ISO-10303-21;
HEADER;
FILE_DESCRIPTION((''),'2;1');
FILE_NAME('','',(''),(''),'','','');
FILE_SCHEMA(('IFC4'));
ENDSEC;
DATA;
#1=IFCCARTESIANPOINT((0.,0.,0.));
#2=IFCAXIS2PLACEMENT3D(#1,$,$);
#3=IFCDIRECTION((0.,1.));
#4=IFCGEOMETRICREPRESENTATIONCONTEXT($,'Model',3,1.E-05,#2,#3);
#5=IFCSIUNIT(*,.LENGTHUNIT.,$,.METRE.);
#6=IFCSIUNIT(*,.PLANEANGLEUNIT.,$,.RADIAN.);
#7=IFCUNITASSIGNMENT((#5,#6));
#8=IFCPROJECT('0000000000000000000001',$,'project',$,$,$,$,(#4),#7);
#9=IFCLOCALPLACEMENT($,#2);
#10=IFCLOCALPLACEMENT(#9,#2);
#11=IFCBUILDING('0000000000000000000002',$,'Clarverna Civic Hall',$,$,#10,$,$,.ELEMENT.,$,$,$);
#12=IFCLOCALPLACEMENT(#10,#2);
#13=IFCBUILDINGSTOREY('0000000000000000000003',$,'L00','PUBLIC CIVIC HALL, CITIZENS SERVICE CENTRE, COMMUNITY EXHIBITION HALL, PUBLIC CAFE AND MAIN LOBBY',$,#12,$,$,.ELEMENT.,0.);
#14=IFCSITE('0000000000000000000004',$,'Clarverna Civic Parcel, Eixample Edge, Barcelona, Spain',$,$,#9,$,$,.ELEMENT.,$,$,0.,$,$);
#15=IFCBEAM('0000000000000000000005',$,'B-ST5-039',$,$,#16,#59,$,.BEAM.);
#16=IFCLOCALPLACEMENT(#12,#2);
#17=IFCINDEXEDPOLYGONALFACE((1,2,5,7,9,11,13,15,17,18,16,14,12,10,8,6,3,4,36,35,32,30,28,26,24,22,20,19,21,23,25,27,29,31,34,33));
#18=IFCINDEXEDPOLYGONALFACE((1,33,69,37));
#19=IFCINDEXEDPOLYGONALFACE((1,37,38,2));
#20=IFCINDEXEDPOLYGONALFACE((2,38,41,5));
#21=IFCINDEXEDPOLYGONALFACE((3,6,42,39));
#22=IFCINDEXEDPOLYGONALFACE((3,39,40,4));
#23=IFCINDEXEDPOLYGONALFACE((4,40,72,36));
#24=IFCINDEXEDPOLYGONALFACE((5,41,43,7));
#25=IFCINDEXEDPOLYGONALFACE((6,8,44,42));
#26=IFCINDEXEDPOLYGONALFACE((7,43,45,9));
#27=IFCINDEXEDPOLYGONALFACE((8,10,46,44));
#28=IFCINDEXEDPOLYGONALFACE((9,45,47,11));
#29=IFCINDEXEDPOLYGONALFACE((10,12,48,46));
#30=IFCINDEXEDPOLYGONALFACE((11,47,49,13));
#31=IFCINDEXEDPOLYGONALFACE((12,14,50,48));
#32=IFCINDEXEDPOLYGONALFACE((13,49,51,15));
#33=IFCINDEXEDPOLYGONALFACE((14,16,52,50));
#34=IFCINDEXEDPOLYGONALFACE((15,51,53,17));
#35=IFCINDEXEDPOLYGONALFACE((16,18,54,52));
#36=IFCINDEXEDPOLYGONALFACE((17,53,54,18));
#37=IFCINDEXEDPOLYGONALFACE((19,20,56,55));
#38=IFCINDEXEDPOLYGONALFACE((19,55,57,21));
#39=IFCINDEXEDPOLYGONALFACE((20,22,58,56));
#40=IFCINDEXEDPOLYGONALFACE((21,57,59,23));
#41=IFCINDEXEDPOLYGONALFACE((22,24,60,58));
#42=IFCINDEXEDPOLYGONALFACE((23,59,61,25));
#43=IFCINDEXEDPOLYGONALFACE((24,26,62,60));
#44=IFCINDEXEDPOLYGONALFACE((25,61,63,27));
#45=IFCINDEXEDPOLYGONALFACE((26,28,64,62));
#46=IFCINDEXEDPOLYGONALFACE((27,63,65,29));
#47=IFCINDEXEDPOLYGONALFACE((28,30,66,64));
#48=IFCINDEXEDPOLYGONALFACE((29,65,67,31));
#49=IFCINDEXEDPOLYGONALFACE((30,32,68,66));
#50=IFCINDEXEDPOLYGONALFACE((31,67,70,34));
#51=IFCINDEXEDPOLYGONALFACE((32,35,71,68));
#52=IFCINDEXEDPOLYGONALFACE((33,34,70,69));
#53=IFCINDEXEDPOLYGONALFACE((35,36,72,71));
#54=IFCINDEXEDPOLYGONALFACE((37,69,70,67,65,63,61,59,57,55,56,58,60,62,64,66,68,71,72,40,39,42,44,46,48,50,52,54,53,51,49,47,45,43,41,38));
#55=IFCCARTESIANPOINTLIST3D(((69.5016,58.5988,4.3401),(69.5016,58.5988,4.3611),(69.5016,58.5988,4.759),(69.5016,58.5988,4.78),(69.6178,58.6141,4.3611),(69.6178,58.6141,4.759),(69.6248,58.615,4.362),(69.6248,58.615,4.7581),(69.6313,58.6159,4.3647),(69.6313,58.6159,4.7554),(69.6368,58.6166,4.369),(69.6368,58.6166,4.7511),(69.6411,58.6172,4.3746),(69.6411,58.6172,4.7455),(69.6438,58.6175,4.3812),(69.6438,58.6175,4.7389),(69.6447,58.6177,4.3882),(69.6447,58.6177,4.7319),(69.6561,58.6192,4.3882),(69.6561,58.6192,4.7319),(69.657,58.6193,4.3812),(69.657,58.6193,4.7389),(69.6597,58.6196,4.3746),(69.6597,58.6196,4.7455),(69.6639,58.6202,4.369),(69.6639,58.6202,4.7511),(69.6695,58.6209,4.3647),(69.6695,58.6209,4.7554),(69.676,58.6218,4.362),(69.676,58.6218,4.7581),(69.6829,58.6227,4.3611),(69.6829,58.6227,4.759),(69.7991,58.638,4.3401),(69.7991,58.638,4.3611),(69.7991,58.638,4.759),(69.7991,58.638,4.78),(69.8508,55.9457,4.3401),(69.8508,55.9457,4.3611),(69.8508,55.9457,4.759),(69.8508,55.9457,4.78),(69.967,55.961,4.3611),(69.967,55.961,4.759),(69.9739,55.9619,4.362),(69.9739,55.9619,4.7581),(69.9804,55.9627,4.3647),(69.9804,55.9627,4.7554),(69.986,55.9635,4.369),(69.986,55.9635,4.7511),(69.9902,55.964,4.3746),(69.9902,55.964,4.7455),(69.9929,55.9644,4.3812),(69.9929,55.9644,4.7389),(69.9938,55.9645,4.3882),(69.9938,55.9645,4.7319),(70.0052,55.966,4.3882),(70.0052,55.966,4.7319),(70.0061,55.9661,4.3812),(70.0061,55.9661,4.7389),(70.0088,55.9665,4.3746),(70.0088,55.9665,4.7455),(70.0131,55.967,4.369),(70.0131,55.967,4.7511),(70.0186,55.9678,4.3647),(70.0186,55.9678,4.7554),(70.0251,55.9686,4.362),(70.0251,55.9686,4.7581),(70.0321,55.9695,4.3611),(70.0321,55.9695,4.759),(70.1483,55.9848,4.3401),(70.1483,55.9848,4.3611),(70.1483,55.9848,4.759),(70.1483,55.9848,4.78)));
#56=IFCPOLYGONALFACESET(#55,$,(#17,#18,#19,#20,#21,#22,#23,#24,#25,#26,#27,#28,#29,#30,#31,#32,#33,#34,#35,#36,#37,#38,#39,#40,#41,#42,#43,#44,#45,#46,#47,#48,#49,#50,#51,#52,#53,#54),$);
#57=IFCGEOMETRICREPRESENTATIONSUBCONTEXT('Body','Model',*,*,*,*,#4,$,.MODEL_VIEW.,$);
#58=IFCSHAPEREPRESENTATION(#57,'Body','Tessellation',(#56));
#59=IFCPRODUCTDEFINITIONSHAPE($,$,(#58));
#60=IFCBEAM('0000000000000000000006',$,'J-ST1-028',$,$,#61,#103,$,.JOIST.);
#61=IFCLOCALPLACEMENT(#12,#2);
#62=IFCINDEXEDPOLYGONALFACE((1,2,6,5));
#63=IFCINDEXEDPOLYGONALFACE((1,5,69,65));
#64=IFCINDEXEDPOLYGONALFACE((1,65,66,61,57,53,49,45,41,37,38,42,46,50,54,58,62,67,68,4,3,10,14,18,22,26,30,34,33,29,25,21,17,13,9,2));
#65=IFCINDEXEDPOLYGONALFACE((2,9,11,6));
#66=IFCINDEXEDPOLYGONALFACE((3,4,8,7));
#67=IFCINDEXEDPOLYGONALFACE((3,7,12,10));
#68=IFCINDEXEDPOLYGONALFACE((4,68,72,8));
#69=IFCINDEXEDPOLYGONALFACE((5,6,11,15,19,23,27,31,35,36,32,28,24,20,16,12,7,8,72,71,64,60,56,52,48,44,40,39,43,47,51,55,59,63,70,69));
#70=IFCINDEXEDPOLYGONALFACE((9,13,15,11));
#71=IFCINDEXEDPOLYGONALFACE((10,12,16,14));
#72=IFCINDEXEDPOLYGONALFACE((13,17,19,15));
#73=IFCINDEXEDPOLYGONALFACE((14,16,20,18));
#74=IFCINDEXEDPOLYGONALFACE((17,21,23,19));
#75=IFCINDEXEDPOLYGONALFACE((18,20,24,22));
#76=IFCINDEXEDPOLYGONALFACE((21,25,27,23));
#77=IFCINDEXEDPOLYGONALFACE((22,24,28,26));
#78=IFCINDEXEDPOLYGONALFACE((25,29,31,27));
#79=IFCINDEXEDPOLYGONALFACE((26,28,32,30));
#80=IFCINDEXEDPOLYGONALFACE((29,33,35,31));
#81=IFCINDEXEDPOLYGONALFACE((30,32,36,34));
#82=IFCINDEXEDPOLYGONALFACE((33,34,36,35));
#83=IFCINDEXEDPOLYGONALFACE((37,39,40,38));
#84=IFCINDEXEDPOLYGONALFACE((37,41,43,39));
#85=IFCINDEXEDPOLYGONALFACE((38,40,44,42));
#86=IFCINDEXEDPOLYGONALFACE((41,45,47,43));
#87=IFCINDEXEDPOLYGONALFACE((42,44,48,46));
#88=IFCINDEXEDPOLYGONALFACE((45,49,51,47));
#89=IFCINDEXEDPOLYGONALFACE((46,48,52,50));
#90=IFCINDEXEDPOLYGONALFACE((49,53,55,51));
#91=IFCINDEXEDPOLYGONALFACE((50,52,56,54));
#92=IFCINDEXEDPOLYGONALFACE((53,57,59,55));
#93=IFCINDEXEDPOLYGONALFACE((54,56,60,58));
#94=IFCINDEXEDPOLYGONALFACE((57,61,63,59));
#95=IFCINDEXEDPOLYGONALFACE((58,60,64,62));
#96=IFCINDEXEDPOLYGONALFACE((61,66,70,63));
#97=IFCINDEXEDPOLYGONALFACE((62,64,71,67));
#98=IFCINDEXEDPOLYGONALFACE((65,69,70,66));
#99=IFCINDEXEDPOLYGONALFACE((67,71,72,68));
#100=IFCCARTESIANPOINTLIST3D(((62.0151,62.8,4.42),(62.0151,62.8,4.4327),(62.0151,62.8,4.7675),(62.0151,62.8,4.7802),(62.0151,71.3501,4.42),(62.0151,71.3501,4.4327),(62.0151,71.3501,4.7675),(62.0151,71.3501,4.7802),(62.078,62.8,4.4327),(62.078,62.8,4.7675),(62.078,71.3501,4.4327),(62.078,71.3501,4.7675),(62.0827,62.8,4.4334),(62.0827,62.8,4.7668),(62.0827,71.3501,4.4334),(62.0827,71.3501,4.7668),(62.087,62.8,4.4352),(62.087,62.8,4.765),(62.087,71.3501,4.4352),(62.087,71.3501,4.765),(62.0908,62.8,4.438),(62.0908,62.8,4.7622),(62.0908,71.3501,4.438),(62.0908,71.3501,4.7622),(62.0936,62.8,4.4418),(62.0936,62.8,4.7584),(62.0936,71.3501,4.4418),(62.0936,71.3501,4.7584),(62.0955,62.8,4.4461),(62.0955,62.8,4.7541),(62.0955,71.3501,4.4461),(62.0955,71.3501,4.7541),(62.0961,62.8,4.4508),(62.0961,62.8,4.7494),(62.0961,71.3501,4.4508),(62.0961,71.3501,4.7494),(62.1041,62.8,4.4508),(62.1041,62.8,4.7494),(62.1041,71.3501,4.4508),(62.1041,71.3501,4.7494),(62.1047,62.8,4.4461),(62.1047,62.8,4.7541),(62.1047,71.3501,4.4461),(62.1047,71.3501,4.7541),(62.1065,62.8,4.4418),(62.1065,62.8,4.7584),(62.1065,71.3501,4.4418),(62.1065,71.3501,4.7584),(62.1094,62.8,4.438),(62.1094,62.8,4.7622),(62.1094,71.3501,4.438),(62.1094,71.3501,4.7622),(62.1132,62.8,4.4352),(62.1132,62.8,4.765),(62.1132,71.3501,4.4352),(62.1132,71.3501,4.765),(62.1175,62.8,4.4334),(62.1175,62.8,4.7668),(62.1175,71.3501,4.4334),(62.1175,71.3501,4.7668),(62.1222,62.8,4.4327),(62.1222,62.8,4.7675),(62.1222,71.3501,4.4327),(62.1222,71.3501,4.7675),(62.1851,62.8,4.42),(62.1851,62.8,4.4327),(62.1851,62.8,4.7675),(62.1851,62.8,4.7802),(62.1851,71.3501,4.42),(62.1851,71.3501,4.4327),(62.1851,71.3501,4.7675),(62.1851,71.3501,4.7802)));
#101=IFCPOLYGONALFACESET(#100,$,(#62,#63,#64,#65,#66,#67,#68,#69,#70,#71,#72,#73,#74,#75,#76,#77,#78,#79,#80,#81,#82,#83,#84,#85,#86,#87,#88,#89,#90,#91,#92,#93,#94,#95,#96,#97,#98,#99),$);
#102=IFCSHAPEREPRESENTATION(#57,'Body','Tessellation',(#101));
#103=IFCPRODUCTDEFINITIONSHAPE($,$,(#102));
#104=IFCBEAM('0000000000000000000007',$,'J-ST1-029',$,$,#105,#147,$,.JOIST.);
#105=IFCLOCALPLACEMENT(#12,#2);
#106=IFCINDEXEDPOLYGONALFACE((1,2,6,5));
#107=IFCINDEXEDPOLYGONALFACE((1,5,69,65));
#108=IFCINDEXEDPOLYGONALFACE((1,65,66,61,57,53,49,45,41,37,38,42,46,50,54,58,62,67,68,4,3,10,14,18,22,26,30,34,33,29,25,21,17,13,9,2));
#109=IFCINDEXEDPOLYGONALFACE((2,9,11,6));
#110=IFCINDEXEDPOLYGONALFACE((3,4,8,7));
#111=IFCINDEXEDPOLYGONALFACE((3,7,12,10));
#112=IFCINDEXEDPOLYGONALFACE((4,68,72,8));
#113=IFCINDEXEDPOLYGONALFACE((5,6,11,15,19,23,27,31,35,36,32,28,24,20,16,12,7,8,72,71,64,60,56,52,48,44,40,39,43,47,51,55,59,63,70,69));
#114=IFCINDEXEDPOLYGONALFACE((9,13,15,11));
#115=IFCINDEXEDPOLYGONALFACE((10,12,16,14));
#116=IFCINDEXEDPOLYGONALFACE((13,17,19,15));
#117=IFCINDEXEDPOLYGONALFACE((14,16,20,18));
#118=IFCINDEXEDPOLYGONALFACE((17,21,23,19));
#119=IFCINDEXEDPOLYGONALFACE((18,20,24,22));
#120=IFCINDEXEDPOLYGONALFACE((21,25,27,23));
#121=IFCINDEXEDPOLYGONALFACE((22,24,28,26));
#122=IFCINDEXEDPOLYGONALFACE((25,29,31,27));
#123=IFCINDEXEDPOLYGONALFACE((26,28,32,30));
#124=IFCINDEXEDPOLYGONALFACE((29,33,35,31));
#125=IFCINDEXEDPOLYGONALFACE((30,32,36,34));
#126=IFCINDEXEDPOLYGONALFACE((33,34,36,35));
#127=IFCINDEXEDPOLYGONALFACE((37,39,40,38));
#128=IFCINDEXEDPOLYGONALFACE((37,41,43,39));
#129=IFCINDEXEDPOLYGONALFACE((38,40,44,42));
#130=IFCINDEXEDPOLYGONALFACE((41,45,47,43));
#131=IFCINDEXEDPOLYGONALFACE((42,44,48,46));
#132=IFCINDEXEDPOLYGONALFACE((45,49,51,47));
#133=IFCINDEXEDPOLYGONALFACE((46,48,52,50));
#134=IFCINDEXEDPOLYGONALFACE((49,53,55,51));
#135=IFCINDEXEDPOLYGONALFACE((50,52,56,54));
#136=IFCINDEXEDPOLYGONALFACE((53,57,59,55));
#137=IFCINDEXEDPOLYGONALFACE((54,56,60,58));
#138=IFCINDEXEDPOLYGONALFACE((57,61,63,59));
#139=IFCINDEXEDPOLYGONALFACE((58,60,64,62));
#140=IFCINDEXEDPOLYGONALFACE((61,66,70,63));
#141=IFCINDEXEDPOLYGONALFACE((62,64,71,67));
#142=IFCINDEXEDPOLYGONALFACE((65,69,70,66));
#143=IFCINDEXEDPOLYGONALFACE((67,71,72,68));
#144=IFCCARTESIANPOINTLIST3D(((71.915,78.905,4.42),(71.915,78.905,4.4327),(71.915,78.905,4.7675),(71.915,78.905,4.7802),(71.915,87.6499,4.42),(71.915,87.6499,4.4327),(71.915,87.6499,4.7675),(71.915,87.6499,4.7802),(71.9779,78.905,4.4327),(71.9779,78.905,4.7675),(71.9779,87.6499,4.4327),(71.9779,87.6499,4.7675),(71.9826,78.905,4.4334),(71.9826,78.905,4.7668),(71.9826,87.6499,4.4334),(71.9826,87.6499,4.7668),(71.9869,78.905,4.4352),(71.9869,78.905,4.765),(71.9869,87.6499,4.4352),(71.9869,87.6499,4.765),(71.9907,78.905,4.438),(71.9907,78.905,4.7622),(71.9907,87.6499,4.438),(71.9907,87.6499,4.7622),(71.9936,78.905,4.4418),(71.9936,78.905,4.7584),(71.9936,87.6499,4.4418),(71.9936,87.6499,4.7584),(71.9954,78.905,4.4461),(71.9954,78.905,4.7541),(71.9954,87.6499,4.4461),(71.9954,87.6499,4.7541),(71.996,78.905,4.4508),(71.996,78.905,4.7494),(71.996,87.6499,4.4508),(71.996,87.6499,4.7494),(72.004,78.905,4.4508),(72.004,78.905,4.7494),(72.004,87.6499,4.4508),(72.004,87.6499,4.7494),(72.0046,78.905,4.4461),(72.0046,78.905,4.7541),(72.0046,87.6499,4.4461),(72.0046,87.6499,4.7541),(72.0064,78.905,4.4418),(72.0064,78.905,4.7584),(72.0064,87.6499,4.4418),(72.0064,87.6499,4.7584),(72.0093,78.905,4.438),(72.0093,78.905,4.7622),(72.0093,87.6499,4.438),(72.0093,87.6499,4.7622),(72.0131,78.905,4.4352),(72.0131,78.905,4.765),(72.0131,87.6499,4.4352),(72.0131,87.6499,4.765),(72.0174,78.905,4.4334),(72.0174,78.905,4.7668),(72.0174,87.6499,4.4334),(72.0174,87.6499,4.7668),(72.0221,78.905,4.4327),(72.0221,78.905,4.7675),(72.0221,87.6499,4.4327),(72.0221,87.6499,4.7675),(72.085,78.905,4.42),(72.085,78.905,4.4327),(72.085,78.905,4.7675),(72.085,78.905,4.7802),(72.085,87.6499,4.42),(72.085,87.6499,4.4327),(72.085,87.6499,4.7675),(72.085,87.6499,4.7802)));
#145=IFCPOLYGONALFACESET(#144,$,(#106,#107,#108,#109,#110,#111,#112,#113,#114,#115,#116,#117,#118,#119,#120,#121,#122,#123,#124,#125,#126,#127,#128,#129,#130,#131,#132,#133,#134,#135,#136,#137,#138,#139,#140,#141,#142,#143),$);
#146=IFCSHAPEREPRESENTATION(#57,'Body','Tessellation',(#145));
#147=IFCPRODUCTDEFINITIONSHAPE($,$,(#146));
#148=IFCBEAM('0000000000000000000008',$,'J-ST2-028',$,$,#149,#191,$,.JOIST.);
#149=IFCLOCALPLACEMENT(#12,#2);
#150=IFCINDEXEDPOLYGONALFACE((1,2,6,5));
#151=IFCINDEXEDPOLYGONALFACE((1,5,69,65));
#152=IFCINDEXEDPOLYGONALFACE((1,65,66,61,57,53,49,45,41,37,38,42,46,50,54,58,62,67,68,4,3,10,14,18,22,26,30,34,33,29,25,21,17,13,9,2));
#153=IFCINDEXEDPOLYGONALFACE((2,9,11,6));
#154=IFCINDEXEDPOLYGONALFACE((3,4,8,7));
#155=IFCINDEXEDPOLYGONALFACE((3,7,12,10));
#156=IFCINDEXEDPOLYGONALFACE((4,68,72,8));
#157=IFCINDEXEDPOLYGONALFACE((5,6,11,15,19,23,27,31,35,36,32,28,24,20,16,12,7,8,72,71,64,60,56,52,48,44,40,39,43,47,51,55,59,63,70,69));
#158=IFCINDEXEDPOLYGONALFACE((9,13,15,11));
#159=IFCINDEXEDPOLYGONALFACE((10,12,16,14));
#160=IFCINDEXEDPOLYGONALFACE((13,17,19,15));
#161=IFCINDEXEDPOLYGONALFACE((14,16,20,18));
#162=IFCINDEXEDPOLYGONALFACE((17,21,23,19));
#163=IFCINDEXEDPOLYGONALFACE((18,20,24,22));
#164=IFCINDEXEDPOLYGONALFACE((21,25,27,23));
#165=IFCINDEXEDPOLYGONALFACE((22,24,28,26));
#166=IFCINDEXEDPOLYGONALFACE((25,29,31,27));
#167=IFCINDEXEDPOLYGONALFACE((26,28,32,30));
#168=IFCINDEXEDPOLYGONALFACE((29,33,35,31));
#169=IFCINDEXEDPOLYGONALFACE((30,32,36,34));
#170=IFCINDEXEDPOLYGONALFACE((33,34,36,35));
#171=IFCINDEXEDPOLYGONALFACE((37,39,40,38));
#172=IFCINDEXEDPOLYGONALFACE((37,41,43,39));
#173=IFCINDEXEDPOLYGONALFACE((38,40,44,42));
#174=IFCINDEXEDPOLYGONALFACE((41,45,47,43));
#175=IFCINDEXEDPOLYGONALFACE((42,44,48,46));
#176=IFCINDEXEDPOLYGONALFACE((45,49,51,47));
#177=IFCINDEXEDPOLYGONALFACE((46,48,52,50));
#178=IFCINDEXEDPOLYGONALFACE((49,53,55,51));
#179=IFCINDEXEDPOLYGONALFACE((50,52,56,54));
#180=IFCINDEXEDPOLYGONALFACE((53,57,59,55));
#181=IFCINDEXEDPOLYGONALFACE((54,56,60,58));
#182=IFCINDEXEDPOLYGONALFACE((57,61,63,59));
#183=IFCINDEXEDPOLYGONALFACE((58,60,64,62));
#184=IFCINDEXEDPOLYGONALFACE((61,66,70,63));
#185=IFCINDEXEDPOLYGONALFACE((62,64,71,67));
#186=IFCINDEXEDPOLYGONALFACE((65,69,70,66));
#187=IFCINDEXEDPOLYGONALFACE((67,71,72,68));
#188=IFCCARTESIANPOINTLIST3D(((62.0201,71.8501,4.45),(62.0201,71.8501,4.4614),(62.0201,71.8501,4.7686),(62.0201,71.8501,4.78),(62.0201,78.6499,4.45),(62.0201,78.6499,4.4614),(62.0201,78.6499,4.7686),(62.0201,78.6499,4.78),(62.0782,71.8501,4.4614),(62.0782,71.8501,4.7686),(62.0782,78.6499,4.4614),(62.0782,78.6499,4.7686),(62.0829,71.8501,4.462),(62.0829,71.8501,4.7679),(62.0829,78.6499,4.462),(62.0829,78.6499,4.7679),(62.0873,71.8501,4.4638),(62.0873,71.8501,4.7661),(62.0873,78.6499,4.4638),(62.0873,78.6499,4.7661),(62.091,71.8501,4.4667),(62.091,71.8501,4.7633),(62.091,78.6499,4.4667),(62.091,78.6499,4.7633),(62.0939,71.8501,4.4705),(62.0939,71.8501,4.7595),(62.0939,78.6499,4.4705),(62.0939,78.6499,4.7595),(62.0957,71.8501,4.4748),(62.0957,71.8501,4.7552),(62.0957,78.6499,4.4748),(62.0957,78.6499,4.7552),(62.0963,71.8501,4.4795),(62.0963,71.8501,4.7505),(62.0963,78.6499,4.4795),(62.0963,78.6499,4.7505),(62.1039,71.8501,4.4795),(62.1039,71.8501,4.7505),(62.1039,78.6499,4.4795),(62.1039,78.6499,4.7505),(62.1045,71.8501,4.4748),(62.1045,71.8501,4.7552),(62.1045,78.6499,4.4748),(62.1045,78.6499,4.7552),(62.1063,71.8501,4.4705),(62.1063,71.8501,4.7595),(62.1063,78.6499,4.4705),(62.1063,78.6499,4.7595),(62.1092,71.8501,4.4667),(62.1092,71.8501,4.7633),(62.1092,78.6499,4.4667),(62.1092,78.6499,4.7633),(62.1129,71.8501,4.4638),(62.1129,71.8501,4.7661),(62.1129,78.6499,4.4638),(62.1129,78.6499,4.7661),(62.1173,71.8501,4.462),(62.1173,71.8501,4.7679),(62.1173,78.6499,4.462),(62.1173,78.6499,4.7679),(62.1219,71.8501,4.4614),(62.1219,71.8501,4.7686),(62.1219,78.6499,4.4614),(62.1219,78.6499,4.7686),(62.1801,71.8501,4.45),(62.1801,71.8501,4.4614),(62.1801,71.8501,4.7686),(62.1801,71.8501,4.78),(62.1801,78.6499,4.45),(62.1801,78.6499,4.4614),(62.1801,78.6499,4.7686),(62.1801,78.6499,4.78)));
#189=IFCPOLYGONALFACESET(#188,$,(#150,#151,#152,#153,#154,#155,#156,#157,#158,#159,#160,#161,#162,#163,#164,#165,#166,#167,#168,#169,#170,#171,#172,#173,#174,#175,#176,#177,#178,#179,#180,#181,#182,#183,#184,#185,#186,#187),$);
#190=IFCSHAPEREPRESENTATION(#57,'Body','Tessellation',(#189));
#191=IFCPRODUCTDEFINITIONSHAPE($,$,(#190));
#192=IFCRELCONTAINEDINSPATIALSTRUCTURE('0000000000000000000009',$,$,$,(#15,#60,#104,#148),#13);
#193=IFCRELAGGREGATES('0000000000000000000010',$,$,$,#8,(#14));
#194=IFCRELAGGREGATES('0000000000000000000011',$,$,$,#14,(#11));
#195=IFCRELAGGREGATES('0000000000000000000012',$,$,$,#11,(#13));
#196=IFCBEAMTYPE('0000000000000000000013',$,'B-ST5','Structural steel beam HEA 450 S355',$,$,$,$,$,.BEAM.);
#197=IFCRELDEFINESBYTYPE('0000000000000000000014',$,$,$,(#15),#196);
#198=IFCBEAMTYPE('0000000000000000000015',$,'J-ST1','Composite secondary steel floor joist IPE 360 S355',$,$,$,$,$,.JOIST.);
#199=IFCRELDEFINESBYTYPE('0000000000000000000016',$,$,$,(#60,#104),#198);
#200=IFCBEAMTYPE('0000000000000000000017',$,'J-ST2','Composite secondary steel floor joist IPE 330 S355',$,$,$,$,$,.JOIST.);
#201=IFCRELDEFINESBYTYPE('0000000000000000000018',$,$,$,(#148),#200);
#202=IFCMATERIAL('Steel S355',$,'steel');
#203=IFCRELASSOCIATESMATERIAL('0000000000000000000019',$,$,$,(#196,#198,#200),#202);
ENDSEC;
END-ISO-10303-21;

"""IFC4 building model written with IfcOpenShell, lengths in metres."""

from ifc_helpers import new_model, si_unit, direction, frame, origin, origin_2d, place, context, subcontext, project, spatial, i_section, extrude, material, material_profile, profile_set, type_object, element, save


model = new_model("IFC4")

# Units and contexts
model_context = context("Model", 3, precision=1e-05, world=origin(), true_north=direction((0.0, 1.0)))
body_context = subcontext(model_context, "Body", "Model", "MODEL_VIEW")
ifc_project = project(units=[si_unit("LENGTHUNIT", "METRE"), si_unit("PLANEANGLEUNIT", "RADIAN")], contexts=[model_context])

# Site, building, storey
site_placement = place(None, origin())
site = spatial("IfcSite", under=ifc_project, at=site_placement, Name="Clarverna Civic Parcel, Eixample Edge, Barcelona, Spain", CompositionType="ELEMENT", RefElevation=0.0)
building_placement = place(site_placement, origin())
building = spatial("IfcBuilding", under=site, at=building_placement, Name="Clarverna Civic Hall", CompositionType="ELEMENT")
storey_placement = place(building_placement, origin())
storey = spatial("IfcBuildingStorey", under=building, at=storey_placement, Name="L00", Description="PUBLIC CIVIC HALL, CITIZENS SERVICE CENTRE, COMMUNITY EXHIBITION HALL, PUBLIC CAFE AND MAIN LOBBY", CompositionType="ELEMENT", Elevation=0.0)

# Beams
ifc_material_1 = material(Name="Steel S355", Category="steel")
ifc_material_profile_1 = material_profile(ifc_material_1, i_section(OverallWidth=0.3, OverallDepth=0.4399, WebThickness=0.0115, FlangeThickness=0.021, FilletRadius=0.0271, at=origin_2d()), Name="HEA 450")
ifc_profile_set_1 = profile_set([ifc_material_profile_1], Name="Steel S355")
beam_type_1 = type_object("IfcBeamType", Name="B-ST5", Description="Structural steel beam HEA 450 S355", PredefinedType="BEAM", material=ifc_profile_set_1)
for number, where, z_axis, x_axis, name in (
    (1, (69.6504, 58.6184, 4.5601), (0.130466, -0.991453, 0.0), (0.991453, 0.130466, 0.0), "B-ST5-039"),
):
    element("IfcBeam", number, at=place(storey_placement, frame(where, z_axis=z_axis, x_axis=x_axis)), inside=storey, type_object=beam_type_1, Name=name, PredefinedType="BEAM", context=body_context, shape_type="SweptSolid", body=[
        extrude(i_section(OverallWidth=0.3, OverallDepth=0.4399, WebThickness=0.0115, FlangeThickness=0.021, FilletRadius=0.0271, at=origin_2d()), origin(), (0.0, 0.0, 1.0), 2.676),
    ])
ifc_material_profile_2 = material_profile(ifc_material_1, i_section(OverallWidth=0.1699, OverallDepth=0.3601, WebThickness=0.0081, FlangeThickness=0.0127, FilletRadius=0.0181, at=origin_2d()), Name="IPE 360")
ifc_profile_set_2 = profile_set([ifc_material_profile_2], Name="Steel S355")
beam_type_2 = type_object("IfcBeamType", Name="J-ST1", Description="Composite secondary steel floor joist IPE 360 S355", PredefinedType="JOIST", material=ifc_profile_set_2)
beam_1_placement = place(storey_placement, frame((62.1001, 62.8, 4.6001), z_axis=(0.0, 1.0, 0.0), x_axis=(-1.0, 0.0, 0.0)))
element("IfcBeam", 2, at=beam_1_placement, inside=storey, type_object=beam_type_2, Name="J-ST1-028", PredefinedType="JOIST", context=body_context, shape_type="SweptSolid", body=[
    extrude(i_section(OverallWidth=0.1699, OverallDepth=0.3601, WebThickness=0.0081, FlangeThickness=0.0127, FilletRadius=0.0181, at=origin_2d()), origin(), (0.0, 0.0, 1.0), 8.55),
])
beam_2_placement = place(storey_placement, frame((72.0, 78.905, 4.6001), z_axis=(0.0, 1.0, 0.0), x_axis=(-1.0, 0.0, 0.0)))
element("IfcBeam", 3, at=beam_2_placement, inside=storey, type_object=beam_type_2, Name="J-ST1-029", PredefinedType="JOIST", context=body_context, shape_type="SweptSolid", body=[
    extrude(i_section(OverallWidth=0.1699, OverallDepth=0.3601, WebThickness=0.0081, FlangeThickness=0.0127, FilletRadius=0.0181, at=origin_2d()), origin(), (0.0, 0.0, 1.0), 8.7449),
])
ifc_material_profile_3 = material_profile(ifc_material_1, i_section(OverallWidth=0.1599, OverallDepth=0.3301, WebThickness=0.0076, FlangeThickness=0.0115, FilletRadius=0.0181, at=origin_2d()), Name="IPE 330")
ifc_profile_set_3 = profile_set([ifc_material_profile_3], Name="Steel S355")
beam_type_3 = type_object("IfcBeamType", Name="J-ST2", Description="Composite secondary steel floor joist IPE 330 S355", PredefinedType="JOIST", material=ifc_profile_set_3)
beam_3_placement = place(storey_placement, frame((62.1001, 71.8501, 4.615), z_axis=(0.0, 1.0, 0.0), x_axis=(-1.0, 0.0, 0.0)))
element("IfcBeam", 4, at=beam_3_placement, inside=storey, type_object=beam_type_3, Name="J-ST2-028", PredefinedType="JOIST", context=body_context, shape_type="SweptSolid", body=[
    extrude(i_section(OverallWidth=0.1599, OverallDepth=0.3301, WebThickness=0.0076, FlangeThickness=0.0115, FilletRadius=0.0181, at=origin_2d()), origin(), (0.0, 0.0, 1.0), 6.7998),
])

save(model, "model.ifc")
